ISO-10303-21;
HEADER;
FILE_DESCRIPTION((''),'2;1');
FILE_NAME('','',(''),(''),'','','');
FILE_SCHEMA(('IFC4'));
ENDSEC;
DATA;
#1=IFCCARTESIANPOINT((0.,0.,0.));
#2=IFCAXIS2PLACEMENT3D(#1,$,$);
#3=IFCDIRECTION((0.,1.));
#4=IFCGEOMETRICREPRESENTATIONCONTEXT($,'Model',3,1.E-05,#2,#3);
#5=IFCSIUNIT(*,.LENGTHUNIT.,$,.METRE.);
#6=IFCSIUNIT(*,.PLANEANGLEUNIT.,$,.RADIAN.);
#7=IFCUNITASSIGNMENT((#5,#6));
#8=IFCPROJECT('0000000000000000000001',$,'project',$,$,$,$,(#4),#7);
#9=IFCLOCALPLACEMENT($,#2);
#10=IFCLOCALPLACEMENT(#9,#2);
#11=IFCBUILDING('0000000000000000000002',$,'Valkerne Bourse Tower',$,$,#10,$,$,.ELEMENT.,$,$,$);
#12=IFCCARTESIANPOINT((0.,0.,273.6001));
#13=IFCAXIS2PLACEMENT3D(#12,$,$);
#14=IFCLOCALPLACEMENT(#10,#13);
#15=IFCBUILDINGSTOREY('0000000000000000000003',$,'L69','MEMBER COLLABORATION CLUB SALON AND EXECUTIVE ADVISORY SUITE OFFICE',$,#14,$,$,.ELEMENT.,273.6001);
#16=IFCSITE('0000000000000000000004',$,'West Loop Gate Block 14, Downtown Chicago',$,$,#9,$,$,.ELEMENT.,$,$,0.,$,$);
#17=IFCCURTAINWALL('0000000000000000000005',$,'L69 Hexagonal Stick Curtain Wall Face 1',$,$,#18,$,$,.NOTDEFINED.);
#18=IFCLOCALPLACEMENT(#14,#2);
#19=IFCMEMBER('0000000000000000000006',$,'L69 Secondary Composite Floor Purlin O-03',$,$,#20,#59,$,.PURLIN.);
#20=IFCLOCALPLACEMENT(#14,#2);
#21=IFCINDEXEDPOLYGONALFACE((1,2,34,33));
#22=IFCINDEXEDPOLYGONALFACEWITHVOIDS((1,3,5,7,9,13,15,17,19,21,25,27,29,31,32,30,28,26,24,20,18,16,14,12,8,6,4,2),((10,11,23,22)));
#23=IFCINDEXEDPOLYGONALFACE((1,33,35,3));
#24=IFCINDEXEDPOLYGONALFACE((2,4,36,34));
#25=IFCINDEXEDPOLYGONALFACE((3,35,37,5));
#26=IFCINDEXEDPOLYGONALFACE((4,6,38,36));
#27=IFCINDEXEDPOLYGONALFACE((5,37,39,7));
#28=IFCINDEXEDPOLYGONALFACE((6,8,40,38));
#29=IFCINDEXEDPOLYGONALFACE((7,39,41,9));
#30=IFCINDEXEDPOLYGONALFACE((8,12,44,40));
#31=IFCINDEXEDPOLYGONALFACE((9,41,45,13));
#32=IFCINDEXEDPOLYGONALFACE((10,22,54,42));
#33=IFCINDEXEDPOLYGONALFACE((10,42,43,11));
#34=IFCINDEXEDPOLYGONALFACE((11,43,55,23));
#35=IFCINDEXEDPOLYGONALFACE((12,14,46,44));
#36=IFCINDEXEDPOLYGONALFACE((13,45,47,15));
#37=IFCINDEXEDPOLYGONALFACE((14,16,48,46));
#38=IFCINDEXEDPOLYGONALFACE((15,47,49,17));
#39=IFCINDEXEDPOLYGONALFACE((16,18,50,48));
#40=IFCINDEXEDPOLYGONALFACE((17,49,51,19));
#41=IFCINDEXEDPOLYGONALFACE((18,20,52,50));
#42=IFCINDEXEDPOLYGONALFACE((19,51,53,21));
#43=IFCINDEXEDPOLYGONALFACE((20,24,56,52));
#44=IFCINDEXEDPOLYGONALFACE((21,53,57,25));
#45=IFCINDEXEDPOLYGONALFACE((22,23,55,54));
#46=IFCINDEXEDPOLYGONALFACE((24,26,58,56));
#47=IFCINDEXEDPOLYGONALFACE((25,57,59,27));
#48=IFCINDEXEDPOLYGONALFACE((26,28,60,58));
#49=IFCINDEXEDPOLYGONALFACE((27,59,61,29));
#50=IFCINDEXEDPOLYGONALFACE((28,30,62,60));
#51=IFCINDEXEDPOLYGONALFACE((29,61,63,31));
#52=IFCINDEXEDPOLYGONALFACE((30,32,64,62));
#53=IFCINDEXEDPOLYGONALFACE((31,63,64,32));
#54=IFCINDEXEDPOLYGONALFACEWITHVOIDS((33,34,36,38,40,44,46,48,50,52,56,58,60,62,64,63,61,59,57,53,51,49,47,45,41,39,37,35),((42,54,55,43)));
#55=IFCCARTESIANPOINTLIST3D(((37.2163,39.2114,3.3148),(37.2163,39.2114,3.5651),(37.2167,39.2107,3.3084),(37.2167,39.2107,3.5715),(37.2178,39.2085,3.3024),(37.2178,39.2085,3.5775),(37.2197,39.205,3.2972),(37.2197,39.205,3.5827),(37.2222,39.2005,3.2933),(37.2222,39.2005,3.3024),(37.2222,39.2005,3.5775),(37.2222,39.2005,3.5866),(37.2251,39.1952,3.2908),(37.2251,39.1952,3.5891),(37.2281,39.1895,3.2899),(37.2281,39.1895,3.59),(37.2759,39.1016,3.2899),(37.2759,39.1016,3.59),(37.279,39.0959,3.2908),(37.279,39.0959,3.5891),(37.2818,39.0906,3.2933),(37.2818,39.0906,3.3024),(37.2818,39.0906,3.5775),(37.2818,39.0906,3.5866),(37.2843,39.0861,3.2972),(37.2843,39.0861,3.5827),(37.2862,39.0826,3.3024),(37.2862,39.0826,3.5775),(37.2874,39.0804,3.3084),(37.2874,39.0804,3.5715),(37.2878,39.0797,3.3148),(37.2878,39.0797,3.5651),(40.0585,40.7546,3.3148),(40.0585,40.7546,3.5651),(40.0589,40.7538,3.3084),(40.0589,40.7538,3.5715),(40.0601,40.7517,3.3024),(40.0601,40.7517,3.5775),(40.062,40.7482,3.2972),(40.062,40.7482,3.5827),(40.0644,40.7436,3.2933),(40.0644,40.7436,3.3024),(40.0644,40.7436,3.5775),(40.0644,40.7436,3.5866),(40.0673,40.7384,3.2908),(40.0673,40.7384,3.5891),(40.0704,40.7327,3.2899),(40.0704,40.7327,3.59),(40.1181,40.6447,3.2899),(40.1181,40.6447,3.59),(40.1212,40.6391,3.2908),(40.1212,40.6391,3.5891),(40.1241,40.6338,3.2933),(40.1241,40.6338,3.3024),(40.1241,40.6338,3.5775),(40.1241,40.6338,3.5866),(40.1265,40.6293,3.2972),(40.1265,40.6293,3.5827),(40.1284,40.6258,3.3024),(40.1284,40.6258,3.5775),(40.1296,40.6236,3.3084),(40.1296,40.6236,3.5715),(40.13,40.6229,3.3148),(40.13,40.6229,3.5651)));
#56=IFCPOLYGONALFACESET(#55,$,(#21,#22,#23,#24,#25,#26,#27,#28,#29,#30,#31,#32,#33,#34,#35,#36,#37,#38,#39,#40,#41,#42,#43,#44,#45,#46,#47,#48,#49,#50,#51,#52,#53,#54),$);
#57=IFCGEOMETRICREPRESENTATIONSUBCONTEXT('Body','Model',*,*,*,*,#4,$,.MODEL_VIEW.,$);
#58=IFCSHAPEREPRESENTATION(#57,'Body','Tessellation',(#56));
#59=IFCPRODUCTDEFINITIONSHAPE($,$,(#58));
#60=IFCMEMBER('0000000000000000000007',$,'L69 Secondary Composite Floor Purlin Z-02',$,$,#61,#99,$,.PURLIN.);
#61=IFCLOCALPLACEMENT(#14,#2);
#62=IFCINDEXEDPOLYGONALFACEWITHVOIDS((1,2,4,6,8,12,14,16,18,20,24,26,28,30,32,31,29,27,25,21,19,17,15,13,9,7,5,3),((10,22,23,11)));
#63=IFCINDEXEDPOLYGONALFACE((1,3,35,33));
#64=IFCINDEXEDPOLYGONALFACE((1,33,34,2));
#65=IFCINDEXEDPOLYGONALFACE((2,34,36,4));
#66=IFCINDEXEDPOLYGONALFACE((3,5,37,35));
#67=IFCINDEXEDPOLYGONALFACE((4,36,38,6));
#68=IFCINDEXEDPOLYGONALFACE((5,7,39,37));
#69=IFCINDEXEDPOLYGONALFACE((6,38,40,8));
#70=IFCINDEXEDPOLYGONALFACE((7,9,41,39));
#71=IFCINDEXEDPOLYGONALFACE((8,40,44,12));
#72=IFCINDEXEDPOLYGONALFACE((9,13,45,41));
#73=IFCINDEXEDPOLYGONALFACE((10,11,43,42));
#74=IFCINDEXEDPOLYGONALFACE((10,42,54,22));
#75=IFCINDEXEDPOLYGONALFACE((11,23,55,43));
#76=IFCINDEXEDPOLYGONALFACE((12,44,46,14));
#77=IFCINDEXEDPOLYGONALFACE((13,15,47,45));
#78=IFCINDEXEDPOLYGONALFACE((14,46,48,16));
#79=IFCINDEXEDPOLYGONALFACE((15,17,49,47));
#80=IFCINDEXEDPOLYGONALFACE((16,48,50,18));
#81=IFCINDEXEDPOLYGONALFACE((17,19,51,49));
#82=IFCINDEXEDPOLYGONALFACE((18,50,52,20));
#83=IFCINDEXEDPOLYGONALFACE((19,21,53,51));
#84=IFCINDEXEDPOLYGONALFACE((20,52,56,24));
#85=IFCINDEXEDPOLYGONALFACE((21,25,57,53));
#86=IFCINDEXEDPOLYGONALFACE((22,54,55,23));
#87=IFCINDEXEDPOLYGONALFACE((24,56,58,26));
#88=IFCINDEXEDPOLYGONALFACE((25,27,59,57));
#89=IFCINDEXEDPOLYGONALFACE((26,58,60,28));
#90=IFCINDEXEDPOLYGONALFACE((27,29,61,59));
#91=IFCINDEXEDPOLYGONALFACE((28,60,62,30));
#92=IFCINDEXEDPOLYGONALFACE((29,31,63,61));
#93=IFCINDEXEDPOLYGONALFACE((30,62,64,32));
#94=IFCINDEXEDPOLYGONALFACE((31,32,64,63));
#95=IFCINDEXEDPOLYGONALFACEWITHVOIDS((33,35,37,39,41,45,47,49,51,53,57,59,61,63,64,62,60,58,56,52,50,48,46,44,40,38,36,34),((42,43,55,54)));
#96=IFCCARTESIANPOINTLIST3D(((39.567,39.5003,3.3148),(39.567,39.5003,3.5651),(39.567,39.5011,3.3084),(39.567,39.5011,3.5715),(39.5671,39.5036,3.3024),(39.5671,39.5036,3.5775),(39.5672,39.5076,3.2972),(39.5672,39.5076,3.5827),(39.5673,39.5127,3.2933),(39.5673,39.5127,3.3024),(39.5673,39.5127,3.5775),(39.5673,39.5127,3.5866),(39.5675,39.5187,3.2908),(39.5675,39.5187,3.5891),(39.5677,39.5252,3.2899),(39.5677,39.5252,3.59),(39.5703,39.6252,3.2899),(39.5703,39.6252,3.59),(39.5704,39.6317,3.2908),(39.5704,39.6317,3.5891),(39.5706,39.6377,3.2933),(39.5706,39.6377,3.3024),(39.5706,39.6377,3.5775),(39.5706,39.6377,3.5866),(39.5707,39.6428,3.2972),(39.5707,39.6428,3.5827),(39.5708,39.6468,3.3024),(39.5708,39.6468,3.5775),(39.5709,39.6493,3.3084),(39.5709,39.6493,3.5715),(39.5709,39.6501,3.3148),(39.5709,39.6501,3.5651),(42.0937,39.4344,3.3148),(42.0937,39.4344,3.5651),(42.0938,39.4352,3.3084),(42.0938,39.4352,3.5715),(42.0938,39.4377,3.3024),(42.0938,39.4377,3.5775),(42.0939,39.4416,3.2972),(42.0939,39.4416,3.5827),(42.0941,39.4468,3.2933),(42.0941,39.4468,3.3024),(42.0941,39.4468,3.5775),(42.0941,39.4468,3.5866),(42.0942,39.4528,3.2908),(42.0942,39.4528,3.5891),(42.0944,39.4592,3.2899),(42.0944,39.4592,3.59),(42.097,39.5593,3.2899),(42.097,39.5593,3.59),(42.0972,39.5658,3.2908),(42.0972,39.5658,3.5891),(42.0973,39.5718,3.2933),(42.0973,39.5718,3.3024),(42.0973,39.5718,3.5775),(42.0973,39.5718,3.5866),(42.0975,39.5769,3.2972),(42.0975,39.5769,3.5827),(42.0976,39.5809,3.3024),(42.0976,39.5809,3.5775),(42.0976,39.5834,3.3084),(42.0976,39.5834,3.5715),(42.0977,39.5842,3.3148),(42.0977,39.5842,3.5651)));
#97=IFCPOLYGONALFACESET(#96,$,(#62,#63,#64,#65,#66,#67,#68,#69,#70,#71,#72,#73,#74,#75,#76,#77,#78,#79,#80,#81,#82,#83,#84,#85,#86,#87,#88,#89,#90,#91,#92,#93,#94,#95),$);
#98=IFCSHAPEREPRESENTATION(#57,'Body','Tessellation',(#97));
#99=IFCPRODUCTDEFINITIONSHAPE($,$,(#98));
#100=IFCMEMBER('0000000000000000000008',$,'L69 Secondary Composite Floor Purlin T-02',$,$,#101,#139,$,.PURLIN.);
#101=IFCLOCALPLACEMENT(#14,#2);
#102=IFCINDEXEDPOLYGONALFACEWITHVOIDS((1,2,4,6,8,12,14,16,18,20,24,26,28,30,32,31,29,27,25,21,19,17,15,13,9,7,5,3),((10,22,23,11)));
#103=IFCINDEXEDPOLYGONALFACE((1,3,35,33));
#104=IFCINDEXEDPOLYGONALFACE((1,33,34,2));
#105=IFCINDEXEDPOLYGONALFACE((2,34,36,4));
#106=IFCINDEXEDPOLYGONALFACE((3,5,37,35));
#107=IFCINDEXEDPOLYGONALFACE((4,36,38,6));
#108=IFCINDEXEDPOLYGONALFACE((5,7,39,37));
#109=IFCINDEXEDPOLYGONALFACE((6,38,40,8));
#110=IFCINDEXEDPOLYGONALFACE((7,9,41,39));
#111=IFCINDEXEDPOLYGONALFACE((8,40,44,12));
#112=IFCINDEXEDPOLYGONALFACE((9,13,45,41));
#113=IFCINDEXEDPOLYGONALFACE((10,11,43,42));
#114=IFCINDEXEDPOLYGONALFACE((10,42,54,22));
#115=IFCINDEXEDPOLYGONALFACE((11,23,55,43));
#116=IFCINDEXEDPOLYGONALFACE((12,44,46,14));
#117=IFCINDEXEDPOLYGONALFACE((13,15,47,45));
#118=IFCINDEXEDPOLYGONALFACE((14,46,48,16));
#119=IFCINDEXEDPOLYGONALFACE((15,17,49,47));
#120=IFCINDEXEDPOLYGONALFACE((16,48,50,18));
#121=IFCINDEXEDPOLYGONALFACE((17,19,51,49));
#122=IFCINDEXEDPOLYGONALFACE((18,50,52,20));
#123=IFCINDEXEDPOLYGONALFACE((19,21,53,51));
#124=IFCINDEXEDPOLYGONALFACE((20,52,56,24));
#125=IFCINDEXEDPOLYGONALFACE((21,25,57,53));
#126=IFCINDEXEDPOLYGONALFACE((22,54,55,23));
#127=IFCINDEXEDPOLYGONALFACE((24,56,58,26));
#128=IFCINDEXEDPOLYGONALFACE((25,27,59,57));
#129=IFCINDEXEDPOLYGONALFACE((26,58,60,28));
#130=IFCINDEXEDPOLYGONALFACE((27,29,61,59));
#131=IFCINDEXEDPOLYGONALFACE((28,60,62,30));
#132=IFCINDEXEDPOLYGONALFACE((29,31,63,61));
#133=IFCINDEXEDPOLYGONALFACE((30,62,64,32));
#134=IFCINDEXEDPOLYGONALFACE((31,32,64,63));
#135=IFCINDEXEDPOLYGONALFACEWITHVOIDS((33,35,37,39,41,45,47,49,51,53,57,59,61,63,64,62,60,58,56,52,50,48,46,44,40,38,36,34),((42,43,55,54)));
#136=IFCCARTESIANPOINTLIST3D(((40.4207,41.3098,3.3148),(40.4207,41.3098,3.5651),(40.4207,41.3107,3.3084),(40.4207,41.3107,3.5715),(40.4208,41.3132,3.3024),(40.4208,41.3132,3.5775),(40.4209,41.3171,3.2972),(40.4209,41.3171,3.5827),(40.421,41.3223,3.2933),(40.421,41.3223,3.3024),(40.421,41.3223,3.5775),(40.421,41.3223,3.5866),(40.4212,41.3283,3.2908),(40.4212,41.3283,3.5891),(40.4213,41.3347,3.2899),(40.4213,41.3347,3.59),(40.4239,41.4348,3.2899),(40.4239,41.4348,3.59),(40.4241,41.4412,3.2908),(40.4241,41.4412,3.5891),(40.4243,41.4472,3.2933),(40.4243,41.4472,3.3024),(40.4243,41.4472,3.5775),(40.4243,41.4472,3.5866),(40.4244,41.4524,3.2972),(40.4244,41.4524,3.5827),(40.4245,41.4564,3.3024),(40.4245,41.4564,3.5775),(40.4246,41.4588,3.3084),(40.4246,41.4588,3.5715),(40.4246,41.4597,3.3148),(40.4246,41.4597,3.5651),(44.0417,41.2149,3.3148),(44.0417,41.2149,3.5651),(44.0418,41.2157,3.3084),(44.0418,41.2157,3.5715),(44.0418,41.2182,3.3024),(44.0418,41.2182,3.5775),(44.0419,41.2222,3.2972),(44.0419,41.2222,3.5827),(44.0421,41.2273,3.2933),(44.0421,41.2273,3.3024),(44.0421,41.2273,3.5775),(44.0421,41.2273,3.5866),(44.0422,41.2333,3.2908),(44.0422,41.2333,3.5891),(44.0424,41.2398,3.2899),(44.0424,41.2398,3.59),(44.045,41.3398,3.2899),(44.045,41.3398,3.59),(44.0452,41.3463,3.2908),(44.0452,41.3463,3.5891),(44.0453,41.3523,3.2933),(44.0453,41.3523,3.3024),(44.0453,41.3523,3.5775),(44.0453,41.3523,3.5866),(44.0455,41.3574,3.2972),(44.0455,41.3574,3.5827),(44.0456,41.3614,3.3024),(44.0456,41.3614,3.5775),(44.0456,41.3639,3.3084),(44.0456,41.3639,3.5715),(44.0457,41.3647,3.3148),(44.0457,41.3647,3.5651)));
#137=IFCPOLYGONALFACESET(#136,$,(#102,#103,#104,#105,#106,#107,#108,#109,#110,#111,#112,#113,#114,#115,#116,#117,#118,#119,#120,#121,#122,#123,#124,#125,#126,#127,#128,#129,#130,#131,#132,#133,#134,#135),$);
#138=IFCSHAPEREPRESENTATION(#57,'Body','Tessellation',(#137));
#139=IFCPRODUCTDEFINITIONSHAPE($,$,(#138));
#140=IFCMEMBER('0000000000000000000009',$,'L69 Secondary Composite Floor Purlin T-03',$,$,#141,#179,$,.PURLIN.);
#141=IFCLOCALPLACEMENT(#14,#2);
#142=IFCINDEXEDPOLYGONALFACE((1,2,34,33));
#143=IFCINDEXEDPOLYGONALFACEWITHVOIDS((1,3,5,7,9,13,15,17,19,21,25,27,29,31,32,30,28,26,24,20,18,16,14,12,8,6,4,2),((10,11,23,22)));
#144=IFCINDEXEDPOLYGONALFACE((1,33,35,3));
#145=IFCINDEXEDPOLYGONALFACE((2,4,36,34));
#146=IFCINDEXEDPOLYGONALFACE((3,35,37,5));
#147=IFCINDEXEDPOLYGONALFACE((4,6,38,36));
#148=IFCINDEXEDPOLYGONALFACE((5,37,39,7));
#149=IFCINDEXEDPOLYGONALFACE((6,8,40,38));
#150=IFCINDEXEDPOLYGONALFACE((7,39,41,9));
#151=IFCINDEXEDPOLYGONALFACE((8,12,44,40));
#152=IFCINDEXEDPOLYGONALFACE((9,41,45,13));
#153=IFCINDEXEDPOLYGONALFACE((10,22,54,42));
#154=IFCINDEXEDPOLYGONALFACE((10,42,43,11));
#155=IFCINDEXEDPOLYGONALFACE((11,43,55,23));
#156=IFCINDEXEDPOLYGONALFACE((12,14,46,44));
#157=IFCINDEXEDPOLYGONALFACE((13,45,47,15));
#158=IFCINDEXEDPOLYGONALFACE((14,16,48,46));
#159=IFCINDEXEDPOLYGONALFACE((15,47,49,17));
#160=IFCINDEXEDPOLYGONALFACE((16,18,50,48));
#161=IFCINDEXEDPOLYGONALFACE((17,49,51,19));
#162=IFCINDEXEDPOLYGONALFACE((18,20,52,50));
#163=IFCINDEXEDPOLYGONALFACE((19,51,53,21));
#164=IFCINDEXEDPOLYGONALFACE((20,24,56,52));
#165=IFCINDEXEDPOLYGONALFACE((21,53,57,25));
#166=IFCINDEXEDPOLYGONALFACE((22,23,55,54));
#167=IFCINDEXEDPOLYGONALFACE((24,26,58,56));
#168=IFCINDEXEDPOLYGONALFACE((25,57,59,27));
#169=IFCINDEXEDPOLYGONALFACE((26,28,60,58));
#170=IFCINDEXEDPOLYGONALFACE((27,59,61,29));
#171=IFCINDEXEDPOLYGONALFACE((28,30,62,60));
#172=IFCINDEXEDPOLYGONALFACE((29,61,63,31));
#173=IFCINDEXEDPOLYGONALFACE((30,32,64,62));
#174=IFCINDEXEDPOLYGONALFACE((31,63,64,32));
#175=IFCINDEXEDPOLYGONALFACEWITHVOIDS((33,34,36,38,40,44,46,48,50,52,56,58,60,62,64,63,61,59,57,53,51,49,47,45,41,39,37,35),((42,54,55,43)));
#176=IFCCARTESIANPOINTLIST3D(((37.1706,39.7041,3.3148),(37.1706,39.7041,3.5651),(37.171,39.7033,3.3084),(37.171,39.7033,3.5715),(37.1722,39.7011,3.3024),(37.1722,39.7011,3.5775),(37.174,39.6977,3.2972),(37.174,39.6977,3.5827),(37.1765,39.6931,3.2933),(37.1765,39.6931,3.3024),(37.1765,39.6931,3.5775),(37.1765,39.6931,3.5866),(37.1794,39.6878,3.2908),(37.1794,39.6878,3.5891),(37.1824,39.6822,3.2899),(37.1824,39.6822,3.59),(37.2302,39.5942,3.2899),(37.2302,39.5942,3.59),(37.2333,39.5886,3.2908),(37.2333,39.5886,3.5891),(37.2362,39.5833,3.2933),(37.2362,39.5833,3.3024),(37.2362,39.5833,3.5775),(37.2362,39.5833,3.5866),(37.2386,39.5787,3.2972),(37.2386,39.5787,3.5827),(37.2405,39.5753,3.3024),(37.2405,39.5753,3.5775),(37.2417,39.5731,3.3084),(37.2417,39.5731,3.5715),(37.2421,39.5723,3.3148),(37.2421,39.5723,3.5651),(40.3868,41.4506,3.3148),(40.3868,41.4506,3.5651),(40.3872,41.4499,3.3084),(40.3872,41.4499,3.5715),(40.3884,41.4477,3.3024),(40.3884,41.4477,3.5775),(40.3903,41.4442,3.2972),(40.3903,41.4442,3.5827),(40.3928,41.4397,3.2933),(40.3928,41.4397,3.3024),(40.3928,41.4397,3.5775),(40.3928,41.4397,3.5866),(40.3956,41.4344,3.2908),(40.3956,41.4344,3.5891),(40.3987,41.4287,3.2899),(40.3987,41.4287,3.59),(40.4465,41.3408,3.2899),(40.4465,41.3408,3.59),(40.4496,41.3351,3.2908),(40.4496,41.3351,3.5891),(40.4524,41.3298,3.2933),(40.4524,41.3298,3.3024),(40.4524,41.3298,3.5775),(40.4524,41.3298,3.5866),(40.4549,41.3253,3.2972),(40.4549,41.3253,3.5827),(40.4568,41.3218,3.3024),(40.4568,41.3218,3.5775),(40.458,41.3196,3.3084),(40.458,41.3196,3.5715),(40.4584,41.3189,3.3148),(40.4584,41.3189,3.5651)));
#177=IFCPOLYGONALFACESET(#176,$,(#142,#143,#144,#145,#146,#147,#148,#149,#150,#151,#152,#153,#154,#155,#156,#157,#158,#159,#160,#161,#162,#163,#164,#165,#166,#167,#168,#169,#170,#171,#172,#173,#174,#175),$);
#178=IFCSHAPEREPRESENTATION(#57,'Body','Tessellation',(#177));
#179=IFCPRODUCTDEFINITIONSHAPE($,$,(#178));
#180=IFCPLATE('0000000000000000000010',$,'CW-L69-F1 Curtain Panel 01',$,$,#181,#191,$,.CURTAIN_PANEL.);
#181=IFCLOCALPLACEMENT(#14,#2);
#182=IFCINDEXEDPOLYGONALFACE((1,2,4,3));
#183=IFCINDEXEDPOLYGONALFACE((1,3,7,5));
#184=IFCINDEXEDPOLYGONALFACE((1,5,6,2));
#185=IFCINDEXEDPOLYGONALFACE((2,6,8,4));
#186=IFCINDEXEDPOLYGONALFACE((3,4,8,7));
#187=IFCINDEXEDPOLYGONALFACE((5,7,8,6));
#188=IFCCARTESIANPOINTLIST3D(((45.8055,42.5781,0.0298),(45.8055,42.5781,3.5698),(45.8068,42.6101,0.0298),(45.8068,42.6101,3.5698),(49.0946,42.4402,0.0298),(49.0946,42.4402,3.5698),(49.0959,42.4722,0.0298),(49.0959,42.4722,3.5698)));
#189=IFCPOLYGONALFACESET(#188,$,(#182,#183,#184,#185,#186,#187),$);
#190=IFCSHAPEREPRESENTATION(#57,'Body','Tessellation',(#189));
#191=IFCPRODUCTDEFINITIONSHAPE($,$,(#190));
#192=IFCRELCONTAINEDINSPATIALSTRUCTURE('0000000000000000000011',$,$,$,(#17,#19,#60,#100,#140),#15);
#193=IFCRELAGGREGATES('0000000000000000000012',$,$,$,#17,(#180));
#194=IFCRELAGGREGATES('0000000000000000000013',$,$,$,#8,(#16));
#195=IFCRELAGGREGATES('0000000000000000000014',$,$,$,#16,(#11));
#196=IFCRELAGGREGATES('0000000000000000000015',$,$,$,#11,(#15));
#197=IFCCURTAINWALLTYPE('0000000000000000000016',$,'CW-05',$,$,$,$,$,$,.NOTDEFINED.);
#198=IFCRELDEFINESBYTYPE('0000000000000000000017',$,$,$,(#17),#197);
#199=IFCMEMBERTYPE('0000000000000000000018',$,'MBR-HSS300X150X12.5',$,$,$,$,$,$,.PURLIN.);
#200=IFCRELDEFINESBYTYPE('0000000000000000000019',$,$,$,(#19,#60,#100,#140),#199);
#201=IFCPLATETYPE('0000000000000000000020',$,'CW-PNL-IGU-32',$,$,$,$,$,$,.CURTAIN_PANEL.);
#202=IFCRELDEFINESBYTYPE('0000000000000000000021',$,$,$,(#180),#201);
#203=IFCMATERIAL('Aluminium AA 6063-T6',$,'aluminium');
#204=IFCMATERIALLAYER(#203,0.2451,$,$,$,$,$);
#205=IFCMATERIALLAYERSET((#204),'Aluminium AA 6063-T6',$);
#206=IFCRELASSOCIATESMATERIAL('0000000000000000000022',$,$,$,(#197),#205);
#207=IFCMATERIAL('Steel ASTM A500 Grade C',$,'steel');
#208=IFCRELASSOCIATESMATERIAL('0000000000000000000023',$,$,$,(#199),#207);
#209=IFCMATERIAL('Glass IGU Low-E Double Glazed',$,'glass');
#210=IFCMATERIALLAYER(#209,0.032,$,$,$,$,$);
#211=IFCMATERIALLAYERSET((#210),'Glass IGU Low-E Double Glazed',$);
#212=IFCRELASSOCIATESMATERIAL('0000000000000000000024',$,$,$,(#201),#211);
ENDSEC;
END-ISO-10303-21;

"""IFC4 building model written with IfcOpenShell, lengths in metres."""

from ifc_helpers import new_model, si_unit, direction, frame, origin, origin_2d, place, context, subcontext, project, spatial, rectangle, hollow_rectangle, extrude, material, layer, layer_set, material_profile, profile_set, type_object, element, aggregate, save


model = new_model("IFC4")

# Units and contexts
model_context = context("Model", 3, precision=1e-05, world=origin(), true_north=direction((0.0, 1.0)))
body_context = subcontext(model_context, "Body", "Model", "MODEL_VIEW")
ifc_project = project(units=[si_unit("LENGTHUNIT", "METRE"), si_unit("PLANEANGLEUNIT", "RADIAN")], contexts=[model_context])

# Site, building, storey
site_placement = place(None, origin())
site = spatial("IfcSite", under=ifc_project, at=site_placement, Name="West Loop Gate Block 14, Downtown Chicago", CompositionType="ELEMENT", RefElevation=0.0)
building_placement = place(site_placement, origin())
building = spatial("IfcBuilding", under=site, at=building_placement, Name="Valkerne Bourse Tower", CompositionType="ELEMENT")
storey_placement = place(building_placement, frame((0.0, 0.0, 273.6001)))
storey = spatial("IfcBuildingStorey", under=building, at=storey_placement, Name="L69", Description="MEMBER COLLABORATION CLUB SALON AND EXECUTIVE ADVISORY SUITE OFFICE", CompositionType="ELEMENT", Elevation=273.6001)

# Curtain wall
ifc_material_1 = material(Name="Aluminium AA 6063-T6", Category="aluminium")
ifc_layer_1 = layer(ifc_material_1, 0.2451)
ifc_layer_set_1 = layer_set([ifc_layer_1], Name="Aluminium AA 6063-T6")
curtain_wall_type = type_object("IfcCurtainWallType", Name="CW-05", PredefinedType="NOTDEFINED", material=ifc_layer_set_1)
curtain_wall_placement = place(storey_placement, origin())
curtain_wall = element("IfcCurtainWall", 1, at=curtain_wall_placement, inside=storey, type_object=curtain_wall_type, Name="L69 Hexagonal Stick Curtain Wall Face 1", PredefinedType="NOTDEFINED")

# Members
ifc_material_2 = material(Name="Steel ASTM A500 Grade C", Category="steel")
ifc_material_profile_1 = material_profile(ifc_material_2, hollow_rectangle(XDim=0.1499, YDim=0.3, WallThickness=0.0125, OuterFilletRadius=0.0249, at=origin_2d()), Name="HSS300X150X12.5")
ifc_profile_set_1 = profile_set([ifc_material_profile_1], Name="Steel ASTM A500 Grade C")
member_type_1 = type_object("IfcMemberType", Name="MBR-HSS300X150X12.5", PredefinedType="PURLIN", material=ifc_profile_set_1)
member_1_placement = place(storey_placement, frame((40.0942, 40.6887, 3.4399), z_axis=(-0.87882, -0.477153, 0.0), x_axis=(0.477153, -0.87882, 0.0)))
element("IfcMember", 2, at=member_1_placement, inside=storey, type_object=member_type_1, Name="L69 Secondary Composite Floor Purlin O-03", PredefinedType="PURLIN", context=body_context, shape_type="SweptSolid", body=[
    extrude(hollow_rectangle(XDim=0.1499, YDim=0.3, WallThickness=0.0125, OuterFilletRadius=0.0249, at=origin_2d()), origin(), (0.0, 0.0, 1.0), 3.2341),
])
member_2_placement = place(storey_placement, frame((42.0957, 39.5093, 3.4399), z_axis=(-0.99966, 0.026081, 0.0), x_axis=(-0.026081, -0.99966, 0.0)))
element("IfcMember", 3, at=member_2_placement, inside=storey, type_object=member_type_1, Name="L69 Secondary Composite Floor Purlin Z-02", PredefinedType="PURLIN", context=body_context, shape_type="SweptSolid", body=[
    extrude(hollow_rectangle(XDim=0.1499, YDim=0.3, WallThickness=0.0125, OuterFilletRadius=0.0249, at=origin_2d()), origin(), (0.0, 0.0, 1.0), 2.5276),
])
member_3_placement = place(storey_placement, frame((44.0437, 41.2898, 3.4399), z_axis=(-0.999656, 0.026218, 0.0), x_axis=(-0.026218, -0.999656, 0.0)))
element("IfcMember", 4, at=member_3_placement, inside=storey, type_object=member_type_1, Name="L69 Secondary Composite Floor Purlin T-02", PredefinedType="PURLIN", context=body_context, shape_type="SweptSolid", body=[
    extrude(hollow_rectangle(XDim=0.1499, YDim=0.3, WallThickness=0.0125, OuterFilletRadius=0.0249, at=origin_2d()), origin(), (0.0, 0.0, 1.0), 3.6223),
])
member_4_placement = place(storey_placement, frame((40.4226, 41.3848, 3.4399), z_axis=(-0.878786, -0.477216, 0.0), x_axis=(0.477216, -0.878786, 0.0)))
element("IfcMember", 5, at=member_4_placement, inside=storey, type_object=member_type_1, Name="L69 Secondary Composite Floor Purlin T-03", PredefinedType="PURLIN", context=body_context, shape_type="SweptSolid", body=[
    extrude(hollow_rectangle(XDim=0.1499, YDim=0.3, WallThickness=0.0125, OuterFilletRadius=0.0249, at=origin_2d()), origin(), (0.0, 0.0, 1.0), 3.6599),
])

# Plate
ifc_material_3 = material(Name="Glass IGU Low-E Double Glazed", Category="glass")
ifc_layer_2 = layer(ifc_material_3, 0.032)
ifc_layer_set_2 = layer_set([ifc_layer_2], Name="Glass IGU Low-E Double Glazed")
plate_type = type_object("IfcPlateType", Name="CW-PNL-IGU-32", PredefinedType="CURTAIN_PANEL", material=ifc_layer_set_2)
plate_1_placement = place(storey_placement, frame((47.4507, 42.5251, 0.0298), z_axis=(0.0, 0.0, 1.0), x_axis=(-0.999123, 0.04188, 0.0)))
plate_1 = element("IfcPlate", 6, at=plate_1_placement, type_object=plate_type, Name="CW-L69-F1 Curtain Panel 01", PredefinedType="CURTAIN_PANEL", context=body_context, shape_type="SweptSolid", body=[
    extrude(rectangle(XDim=3.292, YDim=0.032, at=origin_2d()), origin(), (0.0, 0.0, 1.0), 3.54),
])
aggregate(curtain_wall, [plate_1])

save(model, "model.ifc")
